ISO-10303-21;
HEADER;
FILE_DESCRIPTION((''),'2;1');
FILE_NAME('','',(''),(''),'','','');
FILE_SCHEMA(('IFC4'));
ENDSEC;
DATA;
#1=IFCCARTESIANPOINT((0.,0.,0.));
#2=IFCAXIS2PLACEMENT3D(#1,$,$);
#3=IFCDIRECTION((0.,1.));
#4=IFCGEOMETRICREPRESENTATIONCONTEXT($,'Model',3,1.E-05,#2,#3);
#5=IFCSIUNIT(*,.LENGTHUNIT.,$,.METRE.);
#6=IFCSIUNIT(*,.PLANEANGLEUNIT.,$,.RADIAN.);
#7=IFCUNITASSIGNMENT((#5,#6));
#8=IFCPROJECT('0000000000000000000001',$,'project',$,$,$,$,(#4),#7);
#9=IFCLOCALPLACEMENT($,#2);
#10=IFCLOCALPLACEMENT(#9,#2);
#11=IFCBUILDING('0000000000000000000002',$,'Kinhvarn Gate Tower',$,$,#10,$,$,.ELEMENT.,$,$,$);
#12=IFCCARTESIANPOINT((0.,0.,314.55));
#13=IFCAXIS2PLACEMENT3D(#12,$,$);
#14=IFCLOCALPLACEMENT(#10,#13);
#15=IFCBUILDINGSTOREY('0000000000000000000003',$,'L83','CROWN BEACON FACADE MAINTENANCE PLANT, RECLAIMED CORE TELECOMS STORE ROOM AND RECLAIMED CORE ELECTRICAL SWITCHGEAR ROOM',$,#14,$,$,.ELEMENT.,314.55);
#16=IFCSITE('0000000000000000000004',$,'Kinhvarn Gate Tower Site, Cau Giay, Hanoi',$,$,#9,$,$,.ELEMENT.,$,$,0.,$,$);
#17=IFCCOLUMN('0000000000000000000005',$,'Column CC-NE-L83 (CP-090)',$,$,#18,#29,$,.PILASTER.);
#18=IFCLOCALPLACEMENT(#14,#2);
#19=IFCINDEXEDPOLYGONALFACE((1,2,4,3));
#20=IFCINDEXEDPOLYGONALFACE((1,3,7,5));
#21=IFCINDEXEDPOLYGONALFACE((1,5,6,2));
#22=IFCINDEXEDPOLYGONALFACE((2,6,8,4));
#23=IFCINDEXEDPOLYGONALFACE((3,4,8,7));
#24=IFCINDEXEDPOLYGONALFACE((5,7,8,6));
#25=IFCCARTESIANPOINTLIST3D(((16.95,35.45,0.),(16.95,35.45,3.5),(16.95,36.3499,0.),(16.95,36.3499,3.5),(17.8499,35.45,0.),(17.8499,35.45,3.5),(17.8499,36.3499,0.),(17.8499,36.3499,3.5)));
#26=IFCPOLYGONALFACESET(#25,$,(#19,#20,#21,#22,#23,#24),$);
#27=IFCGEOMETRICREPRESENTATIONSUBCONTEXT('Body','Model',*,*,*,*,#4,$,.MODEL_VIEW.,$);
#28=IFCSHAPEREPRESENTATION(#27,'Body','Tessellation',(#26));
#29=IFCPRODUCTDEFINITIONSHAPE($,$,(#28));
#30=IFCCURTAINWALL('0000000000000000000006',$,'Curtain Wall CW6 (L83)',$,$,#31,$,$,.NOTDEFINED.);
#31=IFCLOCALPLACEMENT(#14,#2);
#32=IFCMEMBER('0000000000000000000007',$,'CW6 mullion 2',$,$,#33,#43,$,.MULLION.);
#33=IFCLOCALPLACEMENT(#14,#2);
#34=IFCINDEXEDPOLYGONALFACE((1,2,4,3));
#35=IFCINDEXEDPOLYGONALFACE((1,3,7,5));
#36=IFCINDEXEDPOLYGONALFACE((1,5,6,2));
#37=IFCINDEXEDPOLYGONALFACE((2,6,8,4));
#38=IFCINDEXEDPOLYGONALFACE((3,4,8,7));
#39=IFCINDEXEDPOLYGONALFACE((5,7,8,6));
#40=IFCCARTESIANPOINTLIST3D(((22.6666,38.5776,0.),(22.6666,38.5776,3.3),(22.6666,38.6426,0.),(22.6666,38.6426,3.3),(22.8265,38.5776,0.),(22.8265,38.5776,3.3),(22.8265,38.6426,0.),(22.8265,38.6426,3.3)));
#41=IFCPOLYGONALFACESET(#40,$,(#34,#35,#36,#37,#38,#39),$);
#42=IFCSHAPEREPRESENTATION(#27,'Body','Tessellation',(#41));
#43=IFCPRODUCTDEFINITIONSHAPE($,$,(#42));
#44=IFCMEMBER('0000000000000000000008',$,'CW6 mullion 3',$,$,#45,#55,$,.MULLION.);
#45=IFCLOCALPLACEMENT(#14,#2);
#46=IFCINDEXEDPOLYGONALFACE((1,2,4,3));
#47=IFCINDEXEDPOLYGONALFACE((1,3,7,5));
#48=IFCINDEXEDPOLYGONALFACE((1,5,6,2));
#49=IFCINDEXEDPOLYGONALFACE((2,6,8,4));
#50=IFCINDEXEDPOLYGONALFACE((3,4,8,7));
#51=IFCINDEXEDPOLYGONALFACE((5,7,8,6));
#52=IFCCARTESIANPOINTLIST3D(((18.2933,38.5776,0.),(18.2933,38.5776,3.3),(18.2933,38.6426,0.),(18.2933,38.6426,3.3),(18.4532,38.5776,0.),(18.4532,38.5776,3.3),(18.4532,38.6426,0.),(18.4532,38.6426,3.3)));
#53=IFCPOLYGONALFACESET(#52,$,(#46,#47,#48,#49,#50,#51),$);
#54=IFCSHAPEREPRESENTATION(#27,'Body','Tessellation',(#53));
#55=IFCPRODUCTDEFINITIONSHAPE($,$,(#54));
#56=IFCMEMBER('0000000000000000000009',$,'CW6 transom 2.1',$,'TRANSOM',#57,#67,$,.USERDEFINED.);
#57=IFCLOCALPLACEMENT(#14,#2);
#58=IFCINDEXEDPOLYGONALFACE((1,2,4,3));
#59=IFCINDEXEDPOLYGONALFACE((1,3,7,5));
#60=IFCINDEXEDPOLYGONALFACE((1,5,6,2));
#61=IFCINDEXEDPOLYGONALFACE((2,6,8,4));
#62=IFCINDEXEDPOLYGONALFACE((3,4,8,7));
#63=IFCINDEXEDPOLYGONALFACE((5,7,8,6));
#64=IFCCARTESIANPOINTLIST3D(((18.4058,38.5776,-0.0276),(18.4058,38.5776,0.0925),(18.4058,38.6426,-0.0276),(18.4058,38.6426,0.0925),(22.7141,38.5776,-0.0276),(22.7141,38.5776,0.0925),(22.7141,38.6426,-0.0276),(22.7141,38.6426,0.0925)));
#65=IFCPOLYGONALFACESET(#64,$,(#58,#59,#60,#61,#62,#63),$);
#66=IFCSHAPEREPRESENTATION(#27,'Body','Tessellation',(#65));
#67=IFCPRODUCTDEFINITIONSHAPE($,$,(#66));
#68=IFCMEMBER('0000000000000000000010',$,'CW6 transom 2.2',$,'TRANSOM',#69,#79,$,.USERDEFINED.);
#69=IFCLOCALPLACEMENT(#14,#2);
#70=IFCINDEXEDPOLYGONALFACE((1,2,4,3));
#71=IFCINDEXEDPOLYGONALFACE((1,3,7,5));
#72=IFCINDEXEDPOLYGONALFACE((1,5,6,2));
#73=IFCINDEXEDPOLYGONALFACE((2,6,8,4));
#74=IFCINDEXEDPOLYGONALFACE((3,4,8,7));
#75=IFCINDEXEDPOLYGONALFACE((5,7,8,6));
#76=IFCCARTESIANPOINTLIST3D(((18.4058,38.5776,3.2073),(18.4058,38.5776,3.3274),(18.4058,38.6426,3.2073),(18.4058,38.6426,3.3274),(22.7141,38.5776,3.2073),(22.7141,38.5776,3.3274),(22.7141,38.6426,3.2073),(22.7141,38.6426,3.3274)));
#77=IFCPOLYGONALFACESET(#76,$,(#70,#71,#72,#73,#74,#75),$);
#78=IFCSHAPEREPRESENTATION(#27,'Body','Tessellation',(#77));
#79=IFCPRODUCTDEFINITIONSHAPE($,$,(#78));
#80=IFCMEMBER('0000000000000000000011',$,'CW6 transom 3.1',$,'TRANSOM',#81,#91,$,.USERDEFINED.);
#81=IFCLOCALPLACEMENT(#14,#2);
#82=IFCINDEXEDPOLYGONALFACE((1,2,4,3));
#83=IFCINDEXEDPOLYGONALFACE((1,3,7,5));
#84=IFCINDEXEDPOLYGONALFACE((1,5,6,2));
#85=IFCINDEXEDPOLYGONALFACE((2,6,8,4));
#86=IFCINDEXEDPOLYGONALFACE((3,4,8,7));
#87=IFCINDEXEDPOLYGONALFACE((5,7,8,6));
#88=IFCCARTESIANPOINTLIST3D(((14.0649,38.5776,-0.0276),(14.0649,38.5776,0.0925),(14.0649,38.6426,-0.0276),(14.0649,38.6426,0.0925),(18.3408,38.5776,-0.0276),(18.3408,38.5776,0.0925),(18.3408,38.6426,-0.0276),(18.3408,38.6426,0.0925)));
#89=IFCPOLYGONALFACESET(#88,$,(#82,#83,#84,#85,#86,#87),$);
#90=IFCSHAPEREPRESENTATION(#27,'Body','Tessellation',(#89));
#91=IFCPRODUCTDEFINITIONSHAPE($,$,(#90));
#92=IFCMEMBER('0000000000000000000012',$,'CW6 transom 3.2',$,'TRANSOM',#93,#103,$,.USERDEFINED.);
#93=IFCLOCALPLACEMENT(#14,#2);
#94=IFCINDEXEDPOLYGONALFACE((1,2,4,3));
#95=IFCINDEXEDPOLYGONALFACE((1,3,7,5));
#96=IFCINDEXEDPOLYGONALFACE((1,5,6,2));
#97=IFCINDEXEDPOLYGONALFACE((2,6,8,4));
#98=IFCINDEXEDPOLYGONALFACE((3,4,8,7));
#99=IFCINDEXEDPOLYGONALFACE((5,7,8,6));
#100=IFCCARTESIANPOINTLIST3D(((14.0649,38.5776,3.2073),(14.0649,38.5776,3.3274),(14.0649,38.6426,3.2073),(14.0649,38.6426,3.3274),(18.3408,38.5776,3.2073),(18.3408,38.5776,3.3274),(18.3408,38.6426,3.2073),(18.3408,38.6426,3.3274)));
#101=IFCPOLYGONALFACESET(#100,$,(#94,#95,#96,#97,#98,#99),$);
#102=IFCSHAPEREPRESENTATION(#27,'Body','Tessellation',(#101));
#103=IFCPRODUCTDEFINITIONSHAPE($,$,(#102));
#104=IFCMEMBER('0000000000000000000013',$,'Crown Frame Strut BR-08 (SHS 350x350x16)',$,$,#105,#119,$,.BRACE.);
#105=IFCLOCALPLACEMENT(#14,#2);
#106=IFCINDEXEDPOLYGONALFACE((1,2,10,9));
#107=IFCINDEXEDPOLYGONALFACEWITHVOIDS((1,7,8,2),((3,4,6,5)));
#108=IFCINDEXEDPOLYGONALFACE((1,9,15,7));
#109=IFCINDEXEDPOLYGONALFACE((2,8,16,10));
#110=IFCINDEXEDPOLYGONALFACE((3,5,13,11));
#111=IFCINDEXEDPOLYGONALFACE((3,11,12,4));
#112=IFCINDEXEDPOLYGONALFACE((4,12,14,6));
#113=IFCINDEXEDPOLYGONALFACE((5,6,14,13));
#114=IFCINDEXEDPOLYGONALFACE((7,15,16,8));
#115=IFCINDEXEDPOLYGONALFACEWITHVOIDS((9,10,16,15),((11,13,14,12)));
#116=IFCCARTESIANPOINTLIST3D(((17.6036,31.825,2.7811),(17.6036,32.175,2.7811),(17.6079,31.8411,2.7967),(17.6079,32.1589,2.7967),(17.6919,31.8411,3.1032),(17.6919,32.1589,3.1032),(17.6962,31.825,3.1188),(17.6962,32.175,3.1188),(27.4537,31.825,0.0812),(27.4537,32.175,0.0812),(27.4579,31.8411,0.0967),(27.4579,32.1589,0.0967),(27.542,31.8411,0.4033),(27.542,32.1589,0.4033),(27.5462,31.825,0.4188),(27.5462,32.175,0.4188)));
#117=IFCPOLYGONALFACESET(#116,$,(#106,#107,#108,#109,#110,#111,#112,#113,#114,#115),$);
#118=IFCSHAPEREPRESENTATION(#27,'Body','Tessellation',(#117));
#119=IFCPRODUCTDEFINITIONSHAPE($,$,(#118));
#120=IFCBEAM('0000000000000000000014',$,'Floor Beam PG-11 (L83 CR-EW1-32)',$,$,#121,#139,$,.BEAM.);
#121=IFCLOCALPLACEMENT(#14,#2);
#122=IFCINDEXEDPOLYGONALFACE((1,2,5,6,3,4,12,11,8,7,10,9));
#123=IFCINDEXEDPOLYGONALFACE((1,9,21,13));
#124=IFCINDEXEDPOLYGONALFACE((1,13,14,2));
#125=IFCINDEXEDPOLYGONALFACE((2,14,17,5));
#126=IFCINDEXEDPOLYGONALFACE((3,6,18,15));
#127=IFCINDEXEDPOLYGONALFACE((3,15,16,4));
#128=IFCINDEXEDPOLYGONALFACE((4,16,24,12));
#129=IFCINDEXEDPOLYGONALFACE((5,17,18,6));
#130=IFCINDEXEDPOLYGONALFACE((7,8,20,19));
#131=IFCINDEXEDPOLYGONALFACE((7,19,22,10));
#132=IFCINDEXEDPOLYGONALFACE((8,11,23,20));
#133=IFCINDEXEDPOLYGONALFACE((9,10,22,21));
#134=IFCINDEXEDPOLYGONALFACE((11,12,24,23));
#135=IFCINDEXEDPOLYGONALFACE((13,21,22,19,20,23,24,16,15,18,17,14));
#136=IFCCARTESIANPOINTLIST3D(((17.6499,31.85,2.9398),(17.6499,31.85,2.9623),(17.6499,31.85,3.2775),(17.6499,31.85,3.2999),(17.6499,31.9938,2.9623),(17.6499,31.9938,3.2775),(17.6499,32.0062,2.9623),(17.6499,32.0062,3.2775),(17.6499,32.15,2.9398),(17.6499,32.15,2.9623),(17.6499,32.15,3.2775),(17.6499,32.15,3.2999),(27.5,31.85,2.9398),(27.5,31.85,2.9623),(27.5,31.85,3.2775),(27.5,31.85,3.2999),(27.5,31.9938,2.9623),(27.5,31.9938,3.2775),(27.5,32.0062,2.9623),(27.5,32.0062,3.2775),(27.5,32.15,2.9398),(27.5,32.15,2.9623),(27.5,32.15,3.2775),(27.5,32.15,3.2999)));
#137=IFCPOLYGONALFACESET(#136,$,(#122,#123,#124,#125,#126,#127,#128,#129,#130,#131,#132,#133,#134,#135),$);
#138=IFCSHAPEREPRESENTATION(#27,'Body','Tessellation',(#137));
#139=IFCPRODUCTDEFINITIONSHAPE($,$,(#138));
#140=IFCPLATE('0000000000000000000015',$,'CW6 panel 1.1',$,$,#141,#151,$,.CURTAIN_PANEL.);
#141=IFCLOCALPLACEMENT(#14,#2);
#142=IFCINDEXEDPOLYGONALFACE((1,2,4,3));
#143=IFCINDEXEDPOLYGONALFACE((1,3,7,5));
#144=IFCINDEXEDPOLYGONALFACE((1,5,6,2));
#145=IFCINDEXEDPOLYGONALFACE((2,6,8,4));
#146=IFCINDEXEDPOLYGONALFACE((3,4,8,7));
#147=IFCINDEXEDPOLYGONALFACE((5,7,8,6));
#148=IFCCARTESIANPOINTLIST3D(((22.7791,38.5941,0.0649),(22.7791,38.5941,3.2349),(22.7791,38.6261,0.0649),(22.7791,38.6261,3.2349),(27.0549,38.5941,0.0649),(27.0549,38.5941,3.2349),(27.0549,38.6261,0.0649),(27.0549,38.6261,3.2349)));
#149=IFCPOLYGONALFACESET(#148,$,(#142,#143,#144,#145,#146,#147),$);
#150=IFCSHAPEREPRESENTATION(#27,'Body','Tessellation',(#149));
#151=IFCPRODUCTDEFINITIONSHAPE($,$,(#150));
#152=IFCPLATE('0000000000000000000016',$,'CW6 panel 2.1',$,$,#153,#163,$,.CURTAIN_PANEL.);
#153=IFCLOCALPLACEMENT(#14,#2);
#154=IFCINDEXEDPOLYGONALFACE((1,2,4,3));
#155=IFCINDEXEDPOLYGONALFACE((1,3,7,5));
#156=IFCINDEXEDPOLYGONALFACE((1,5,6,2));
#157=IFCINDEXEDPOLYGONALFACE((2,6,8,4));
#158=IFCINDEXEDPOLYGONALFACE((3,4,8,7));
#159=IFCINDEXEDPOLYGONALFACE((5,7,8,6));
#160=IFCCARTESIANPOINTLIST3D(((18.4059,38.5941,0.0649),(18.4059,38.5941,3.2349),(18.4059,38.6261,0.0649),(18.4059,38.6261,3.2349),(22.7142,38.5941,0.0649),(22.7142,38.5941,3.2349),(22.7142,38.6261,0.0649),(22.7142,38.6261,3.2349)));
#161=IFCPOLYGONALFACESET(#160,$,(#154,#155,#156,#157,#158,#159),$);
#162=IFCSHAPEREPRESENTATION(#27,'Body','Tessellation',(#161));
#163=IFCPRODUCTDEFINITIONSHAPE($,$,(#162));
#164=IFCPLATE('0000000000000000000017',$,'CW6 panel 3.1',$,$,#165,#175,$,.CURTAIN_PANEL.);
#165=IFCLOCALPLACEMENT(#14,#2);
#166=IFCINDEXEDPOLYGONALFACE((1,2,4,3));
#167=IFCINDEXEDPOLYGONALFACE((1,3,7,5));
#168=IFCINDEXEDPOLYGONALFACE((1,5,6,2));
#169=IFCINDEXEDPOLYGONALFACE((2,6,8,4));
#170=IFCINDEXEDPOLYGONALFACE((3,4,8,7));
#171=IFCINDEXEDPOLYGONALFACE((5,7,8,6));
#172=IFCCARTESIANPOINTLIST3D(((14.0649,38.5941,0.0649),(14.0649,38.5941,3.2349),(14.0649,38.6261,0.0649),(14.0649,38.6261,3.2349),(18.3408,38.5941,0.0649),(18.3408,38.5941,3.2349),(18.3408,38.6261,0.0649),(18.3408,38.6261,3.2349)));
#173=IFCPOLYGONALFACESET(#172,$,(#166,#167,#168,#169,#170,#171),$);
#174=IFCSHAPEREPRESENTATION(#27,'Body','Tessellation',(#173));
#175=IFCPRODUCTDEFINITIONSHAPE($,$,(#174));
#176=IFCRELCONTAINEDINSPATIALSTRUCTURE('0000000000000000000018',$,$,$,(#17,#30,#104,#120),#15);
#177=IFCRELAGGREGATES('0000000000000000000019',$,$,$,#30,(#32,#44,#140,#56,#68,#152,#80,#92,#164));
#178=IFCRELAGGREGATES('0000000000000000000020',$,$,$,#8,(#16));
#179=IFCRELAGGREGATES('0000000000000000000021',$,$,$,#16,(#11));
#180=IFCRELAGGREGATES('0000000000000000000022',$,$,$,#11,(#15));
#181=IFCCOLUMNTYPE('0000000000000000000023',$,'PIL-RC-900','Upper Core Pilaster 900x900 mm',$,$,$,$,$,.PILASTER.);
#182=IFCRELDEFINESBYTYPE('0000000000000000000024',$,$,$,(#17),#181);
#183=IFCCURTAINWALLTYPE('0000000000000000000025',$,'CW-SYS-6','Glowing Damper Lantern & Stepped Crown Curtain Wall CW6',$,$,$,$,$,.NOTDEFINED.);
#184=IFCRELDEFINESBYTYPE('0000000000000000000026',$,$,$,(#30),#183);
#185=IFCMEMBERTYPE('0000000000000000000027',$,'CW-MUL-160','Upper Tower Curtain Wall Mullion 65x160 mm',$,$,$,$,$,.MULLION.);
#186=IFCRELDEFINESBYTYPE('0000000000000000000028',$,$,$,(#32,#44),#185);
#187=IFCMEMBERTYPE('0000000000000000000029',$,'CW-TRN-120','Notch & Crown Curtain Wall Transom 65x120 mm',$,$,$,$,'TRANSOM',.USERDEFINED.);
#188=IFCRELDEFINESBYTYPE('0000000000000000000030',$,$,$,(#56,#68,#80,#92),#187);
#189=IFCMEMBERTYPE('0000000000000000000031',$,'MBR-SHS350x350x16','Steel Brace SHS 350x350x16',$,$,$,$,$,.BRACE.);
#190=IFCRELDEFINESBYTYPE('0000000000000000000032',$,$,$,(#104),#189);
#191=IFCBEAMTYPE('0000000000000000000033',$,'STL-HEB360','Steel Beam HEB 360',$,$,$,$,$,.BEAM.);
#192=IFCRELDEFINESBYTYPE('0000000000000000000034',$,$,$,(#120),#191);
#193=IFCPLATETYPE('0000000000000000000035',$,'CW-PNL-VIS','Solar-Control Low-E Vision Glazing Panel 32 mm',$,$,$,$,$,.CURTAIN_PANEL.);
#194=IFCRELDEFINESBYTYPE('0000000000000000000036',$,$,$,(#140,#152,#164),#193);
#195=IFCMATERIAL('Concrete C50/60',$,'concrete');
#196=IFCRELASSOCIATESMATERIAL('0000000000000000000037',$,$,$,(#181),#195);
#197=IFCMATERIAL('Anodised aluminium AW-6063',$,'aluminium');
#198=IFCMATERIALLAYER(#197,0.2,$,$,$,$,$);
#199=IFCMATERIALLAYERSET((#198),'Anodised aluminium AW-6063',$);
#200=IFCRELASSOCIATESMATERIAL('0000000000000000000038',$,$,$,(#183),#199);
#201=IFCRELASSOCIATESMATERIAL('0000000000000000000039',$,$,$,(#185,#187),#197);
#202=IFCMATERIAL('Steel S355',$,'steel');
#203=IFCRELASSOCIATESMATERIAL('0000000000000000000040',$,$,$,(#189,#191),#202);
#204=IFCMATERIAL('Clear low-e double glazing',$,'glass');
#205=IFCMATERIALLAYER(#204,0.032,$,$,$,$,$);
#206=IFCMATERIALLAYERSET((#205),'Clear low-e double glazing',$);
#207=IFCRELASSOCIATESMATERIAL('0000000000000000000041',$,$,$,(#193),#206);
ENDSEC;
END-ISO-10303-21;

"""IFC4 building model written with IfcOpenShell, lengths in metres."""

from ifc_helpers import new_model, si_unit, direction, frame, origin, origin_2d, place, context, subcontext, project, spatial, rectangle, hollow_rectangle, i_section, extrude, material, layer, layer_set, material_profile, profile_set, type_object, element, aggregate, save


model = new_model("IFC4")

# Units and contexts
model_context = context("Model", 3, precision=1e-05, world=origin(), true_north=direction((0.0, 1.0)))
body_context = subcontext(model_context, "Body", "Model", "MODEL_VIEW")
ifc_project = project(units=[si_unit("LENGTHUNIT", "METRE"), si_unit("PLANEANGLEUNIT", "RADIAN")], contexts=[model_context])

# Site, building, storey
site_placement = place(None, origin())
site = spatial("IfcSite", under=ifc_project, at=site_placement, Name="Kinhvarn Gate Tower Site, Cau Giay, Hanoi", CompositionType="ELEMENT", RefElevation=0.0)
building_placement = place(site_placement, origin())
building = spatial("IfcBuilding", under=site, at=building_placement, Name="Kinhvarn Gate Tower", CompositionType="ELEMENT")
storey_placement = place(building_placement, frame((0.0, 0.0, 314.55)))
storey = spatial("IfcBuildingStorey", under=building, at=storey_placement, Name="L83", Description="CROWN BEACON FACADE MAINTENANCE PLANT, RECLAIMED CORE TELECOMS STORE ROOM AND RECLAIMED CORE ELECTRICAL SWITCHGEAR ROOM", CompositionType="ELEMENT", Elevation=314.55)

# Column
ifc_material_1 = material(Name="Concrete C50/60", Category="concrete")
ifc_material_profile_1 = material_profile(ifc_material_1, rectangle(XDim=0.8999, YDim=0.8999, at=origin_2d()), Name="RC 900x900")
ifc_profile_set_1 = profile_set([ifc_material_profile_1], Name="Concrete C50/60")
column_type = type_object("IfcColumnType", Name="PIL-RC-900", Description="Upper Core Pilaster 900x900 mm", PredefinedType="PILASTER", material=ifc_profile_set_1)
column_placement = place(storey_placement, frame((17.3999, 35.8999, 0.0), z_axis=(0.0, 0.0, 1.0), x_axis=(1.0, 0.0, 0.0)))
element("IfcColumn", 1, at=column_placement, inside=storey, type_object=column_type, Name="Column CC-NE-L83 (CP-090)", PredefinedType="PILASTER", context=body_context, shape_type="SweptSolid", body=[
    extrude(rectangle(XDim=0.8999, YDim=0.8999, at=origin_2d()), origin(), (0.0, 0.0, 1.0), 3.5),
])

# Curtain wall, members
ifc_material_2 = material(Name="Anodised aluminium AW-6063", Category="aluminium")
ifc_layer_1 = layer(ifc_material_2, 0.2)
ifc_layer_set_1 = layer_set([ifc_layer_1], Name="Anodised aluminium AW-6063")
curtain_wall_type = type_object("IfcCurtainWallType", Name="CW-SYS-6", Description="Glowing Damper Lantern & Stepped Crown Curtain Wall CW6", PredefinedType="NOTDEFINED", material=ifc_layer_set_1)
curtain_wall_placement = place(storey_placement, origin())
curtain_wall = element("IfcCurtainWall", 2, at=curtain_wall_placement, inside=storey, type_object=curtain_wall_type, Name="Curtain Wall CW6 (L83)", PredefinedType="NOTDEFINED")
ifc_material_profile_2 = material_profile(ifc_material_2, rectangle(XDim=0.0649, YDim=0.1599, at=origin_2d()), Name="ALU 65x160")
ifc_profile_set_2 = profile_set([ifc_material_profile_2], Name="Anodised aluminium AW-6063")
member_type_1 = type_object("IfcMemberType", Name="CW-MUL-160", Description="Upper Tower Curtain Wall Mullion 65x160 mm", PredefinedType="MULLION", material=ifc_profile_set_2)
member_1_placement = place(storey_placement, frame((22.7466, 38.6101, 0.0), z_axis=(0.0, 0.0, 1.0), x_axis=(0.0, -1.0, 0.0)))
member_1 = element("IfcMember", 3, at=member_1_placement, type_object=member_type_1, Name="CW6 mullion 2", PredefinedType="MULLION", context=body_context, shape_type="SweptSolid", body=[
    extrude(rectangle(XDim=0.0649, YDim=0.1599, at=origin_2d()), origin(), (0.0, 0.0, 1.0), 3.3),
])
member_2_placement = place(storey_placement, frame((18.3733, 38.6101, 0.0), z_axis=(0.0, 0.0, 1.0), x_axis=(0.0, -1.0, 0.0)))
member_2 = element("IfcMember", 4, at=member_2_placement, type_object=member_type_1, Name="CW6 mullion 3", PredefinedType="MULLION", context=body_context, shape_type="SweptSolid", body=[
    extrude(rectangle(XDim=0.0649, YDim=0.1599, at=origin_2d()), origin(), (0.0, 0.0, 1.0), 3.3),
])
ifc_material_profile_3 = material_profile(ifc_material_2, rectangle(XDim=0.0649, YDim=0.1201, at=origin_2d()), Name="ALU 65x120")
ifc_profile_set_3 = profile_set([ifc_material_profile_3], Name="Anodised aluminium AW-6063")
member_type_2 = type_object("IfcMemberType", Name="CW-TRN-120", Description="Notch & Crown Curtain Wall Transom 65x120 mm", ElementType="TRANSOM", PredefinedType="USERDEFINED", material=ifc_profile_set_3)
member_3_placement = place(storey_placement, frame((22.7141, 38.6101, 0.0325), z_axis=(-1.0, 0.0, 0.0), x_axis=(0.0, -1.0, 0.0)))
member_3 = element("IfcMember", 5, at=member_3_placement, type_object=member_type_2, Name="CW6 transom 2.1", ObjectType="TRANSOM", PredefinedType="USERDEFINED", context=body_context, shape_type="SweptSolid", body=[
    extrude(rectangle(XDim=0.0649, YDim=0.1201, at=origin_2d()), origin(), (0.0, 0.0, 1.0), 4.3083),
])
member_4_placement = place(storey_placement, frame((22.7141, 38.6101, 3.2673), z_axis=(-1.0, 0.0, 0.0), x_axis=(0.0, -1.0, 0.0)))
member_4 = element("IfcMember", 6, at=member_4_placement, type_object=member_type_2, Name="CW6 transom 2.2", ObjectType="TRANSOM", PredefinedType="USERDEFINED", context=body_context, shape_type="SweptSolid", body=[
    extrude(rectangle(XDim=0.0649, YDim=0.1201, at=origin_2d()), origin(), (0.0, 0.0, 1.0), 4.3083),
])
member_5_placement = place(storey_placement, frame((18.3408, 38.6101, 0.0325), z_axis=(-1.0, 0.0, 0.0), x_axis=(0.0, -1.0, 0.0)))
member_5 = element("IfcMember", 7, at=member_5_placement, type_object=member_type_2, Name="CW6 transom 3.1", ObjectType="TRANSOM", PredefinedType="USERDEFINED", context=body_context, shape_type="SweptSolid", body=[
    extrude(rectangle(XDim=0.0649, YDim=0.1201, at=origin_2d()), origin(), (0.0, 0.0, 1.0), 4.2759),
])
member_6_placement = place(storey_placement, frame((18.3408, 38.6101, 3.2673), z_axis=(-1.0, 0.0, 0.0), x_axis=(0.0, -1.0, 0.0)))
member_6 = element("IfcMember", 8, at=member_6_placement, type_object=member_type_2, Name="CW6 transom 3.2", ObjectType="TRANSOM", PredefinedType="USERDEFINED", context=body_context, shape_type="SweptSolid", body=[
    extrude(rectangle(XDim=0.0649, YDim=0.1201, at=origin_2d()), origin(), (0.0, 0.0, 1.0), 4.2759),
])

# Member
ifc_material_3 = material(Name="Steel S355", Category="steel")
ifc_material_profile_4 = material_profile(ifc_material_3, hollow_rectangle(XDim=0.3501, YDim=0.3501, WallThickness=0.0161, at=origin_2d()), Name="SHS 350x350x16")
ifc_profile_set_4 = profile_set([ifc_material_profile_4], Name="Steel S355")
member_type_3 = type_object("IfcMemberType", Name="MBR-SHS350x350x16", Description="Steel Brace SHS 350x350x16", PredefinedType="BRACE", material=ifc_profile_set_4)
member_7_placement = place(storey_placement, frame((17.6499, 32.0, 2.95), z_axis=(0.964426, 0.0, -0.264353), x_axis=(0.0, 1.0, 0.0)))
element("IfcMember", 9, at=member_7_placement, inside=storey, type_object=member_type_3, Name="Crown Frame Strut BR-08 (SHS 350x350x16)", PredefinedType="BRACE", context=body_context, shape_type="SweptSolid", body=[
    extrude(hollow_rectangle(XDim=0.3501, YDim=0.3501, WallThickness=0.0161, at=origin_2d()), origin(), (0.0, 0.0, 1.0), 10.2134),
])

# Beam
ifc_material_profile_5 = material_profile(ifc_material_3, i_section(OverallWidth=0.3, OverallDepth=0.3601, WebThickness=0.0125, FlangeThickness=0.0225, at=origin_2d()), Name="HEB 360")
ifc_profile_set_5 = profile_set([ifc_material_profile_5], Name="Steel S355")
beam_type = type_object("IfcBeamType", Name="STL-HEB360", Description="Steel Beam HEB 360", PredefinedType="BEAM", material=ifc_profile_set_5)
beam_placement = place(storey_placement, frame((17.6499, 32.0, 3.1199), z_axis=(1.0, 0.0, 0.0), x_axis=(0.0, 1.0, 0.0)))
element("IfcBeam", 10, at=beam_placement, inside=storey, type_object=beam_type, Name="Floor Beam PG-11 (L83 CR-EW1-32)", PredefinedType="BEAM", context=body_context, shape_type="SweptSolid", body=[
    extrude(i_section(OverallWidth=0.3, OverallDepth=0.3601, WebThickness=0.0125, FlangeThickness=0.0225, at=origin_2d()), origin(), (0.0, 0.0, 1.0), 9.8501),
])

# Plates
ifc_material_4 = material(Name="Clear low-e double glazing", Category="glass")
ifc_layer_2 = layer(ifc_material_4, 0.032)
ifc_layer_set_2 = layer_set([ifc_layer_2], Name="Clear low-e double glazing")
plate_type = type_object("IfcPlateType", Name="CW-PNL-VIS", Description="Solar-Control Low-E Vision Glazing Panel 32 mm", PredefinedType="CURTAIN_PANEL", material=ifc_layer_set_2)
plate_1_placement = place(storey_placement, frame((24.917, 38.6101, 0.0649), z_axis=(0.0, 0.0, 1.0), x_axis=(-1.0, 0.0, 0.0)))
plate_1 = element("IfcPlate", 11, at=plate_1_placement, type_object=plate_type, Name="CW6 panel 1.1", PredefinedType="CURTAIN_PANEL", context=body_context, shape_type="SweptSolid", body=[
    extrude(rectangle(XDim=4.2759, YDim=0.032, at=origin_2d()), origin(), (0.0, 0.0, 1.0), 3.1699),
])
plate_2_placement = place(storey_placement, frame((20.5601, 38.6101, 0.0649), z_axis=(0.0, 0.0, 1.0), x_axis=(-1.0, 0.0, 0.0)))
plate_2 = element("IfcPlate", 12, at=plate_2_placement, type_object=plate_type, Name="CW6 panel 2.1", PredefinedType="CURTAIN_PANEL", context=body_context, shape_type="SweptSolid", body=[
    extrude(rectangle(XDim=4.3083, YDim=0.032, at=origin_2d()), origin(), (0.0, 0.0, 1.0), 3.1699),
])
plate_3_placement = place(storey_placement, frame((16.2029, 38.6101, 0.0649), z_axis=(0.0, 0.0, 1.0), x_axis=(-1.0, 0.0, 0.0)))
plate_3 = element("IfcPlate", 13, at=plate_3_placement, type_object=plate_type, Name="CW6 panel 3.1", PredefinedType="CURTAIN_PANEL", context=body_context, shape_type="SweptSolid", body=[
    extrude(rectangle(XDim=4.2759, YDim=0.032, at=origin_2d()), origin(), (0.0, 0.0, 1.0), 3.1699),
])
aggregate(curtain_wall, [member_1, member_2, plate_1, member_3, member_4, plate_2, member_5, member_6, plate_3])

save(model, "model.ifc")
